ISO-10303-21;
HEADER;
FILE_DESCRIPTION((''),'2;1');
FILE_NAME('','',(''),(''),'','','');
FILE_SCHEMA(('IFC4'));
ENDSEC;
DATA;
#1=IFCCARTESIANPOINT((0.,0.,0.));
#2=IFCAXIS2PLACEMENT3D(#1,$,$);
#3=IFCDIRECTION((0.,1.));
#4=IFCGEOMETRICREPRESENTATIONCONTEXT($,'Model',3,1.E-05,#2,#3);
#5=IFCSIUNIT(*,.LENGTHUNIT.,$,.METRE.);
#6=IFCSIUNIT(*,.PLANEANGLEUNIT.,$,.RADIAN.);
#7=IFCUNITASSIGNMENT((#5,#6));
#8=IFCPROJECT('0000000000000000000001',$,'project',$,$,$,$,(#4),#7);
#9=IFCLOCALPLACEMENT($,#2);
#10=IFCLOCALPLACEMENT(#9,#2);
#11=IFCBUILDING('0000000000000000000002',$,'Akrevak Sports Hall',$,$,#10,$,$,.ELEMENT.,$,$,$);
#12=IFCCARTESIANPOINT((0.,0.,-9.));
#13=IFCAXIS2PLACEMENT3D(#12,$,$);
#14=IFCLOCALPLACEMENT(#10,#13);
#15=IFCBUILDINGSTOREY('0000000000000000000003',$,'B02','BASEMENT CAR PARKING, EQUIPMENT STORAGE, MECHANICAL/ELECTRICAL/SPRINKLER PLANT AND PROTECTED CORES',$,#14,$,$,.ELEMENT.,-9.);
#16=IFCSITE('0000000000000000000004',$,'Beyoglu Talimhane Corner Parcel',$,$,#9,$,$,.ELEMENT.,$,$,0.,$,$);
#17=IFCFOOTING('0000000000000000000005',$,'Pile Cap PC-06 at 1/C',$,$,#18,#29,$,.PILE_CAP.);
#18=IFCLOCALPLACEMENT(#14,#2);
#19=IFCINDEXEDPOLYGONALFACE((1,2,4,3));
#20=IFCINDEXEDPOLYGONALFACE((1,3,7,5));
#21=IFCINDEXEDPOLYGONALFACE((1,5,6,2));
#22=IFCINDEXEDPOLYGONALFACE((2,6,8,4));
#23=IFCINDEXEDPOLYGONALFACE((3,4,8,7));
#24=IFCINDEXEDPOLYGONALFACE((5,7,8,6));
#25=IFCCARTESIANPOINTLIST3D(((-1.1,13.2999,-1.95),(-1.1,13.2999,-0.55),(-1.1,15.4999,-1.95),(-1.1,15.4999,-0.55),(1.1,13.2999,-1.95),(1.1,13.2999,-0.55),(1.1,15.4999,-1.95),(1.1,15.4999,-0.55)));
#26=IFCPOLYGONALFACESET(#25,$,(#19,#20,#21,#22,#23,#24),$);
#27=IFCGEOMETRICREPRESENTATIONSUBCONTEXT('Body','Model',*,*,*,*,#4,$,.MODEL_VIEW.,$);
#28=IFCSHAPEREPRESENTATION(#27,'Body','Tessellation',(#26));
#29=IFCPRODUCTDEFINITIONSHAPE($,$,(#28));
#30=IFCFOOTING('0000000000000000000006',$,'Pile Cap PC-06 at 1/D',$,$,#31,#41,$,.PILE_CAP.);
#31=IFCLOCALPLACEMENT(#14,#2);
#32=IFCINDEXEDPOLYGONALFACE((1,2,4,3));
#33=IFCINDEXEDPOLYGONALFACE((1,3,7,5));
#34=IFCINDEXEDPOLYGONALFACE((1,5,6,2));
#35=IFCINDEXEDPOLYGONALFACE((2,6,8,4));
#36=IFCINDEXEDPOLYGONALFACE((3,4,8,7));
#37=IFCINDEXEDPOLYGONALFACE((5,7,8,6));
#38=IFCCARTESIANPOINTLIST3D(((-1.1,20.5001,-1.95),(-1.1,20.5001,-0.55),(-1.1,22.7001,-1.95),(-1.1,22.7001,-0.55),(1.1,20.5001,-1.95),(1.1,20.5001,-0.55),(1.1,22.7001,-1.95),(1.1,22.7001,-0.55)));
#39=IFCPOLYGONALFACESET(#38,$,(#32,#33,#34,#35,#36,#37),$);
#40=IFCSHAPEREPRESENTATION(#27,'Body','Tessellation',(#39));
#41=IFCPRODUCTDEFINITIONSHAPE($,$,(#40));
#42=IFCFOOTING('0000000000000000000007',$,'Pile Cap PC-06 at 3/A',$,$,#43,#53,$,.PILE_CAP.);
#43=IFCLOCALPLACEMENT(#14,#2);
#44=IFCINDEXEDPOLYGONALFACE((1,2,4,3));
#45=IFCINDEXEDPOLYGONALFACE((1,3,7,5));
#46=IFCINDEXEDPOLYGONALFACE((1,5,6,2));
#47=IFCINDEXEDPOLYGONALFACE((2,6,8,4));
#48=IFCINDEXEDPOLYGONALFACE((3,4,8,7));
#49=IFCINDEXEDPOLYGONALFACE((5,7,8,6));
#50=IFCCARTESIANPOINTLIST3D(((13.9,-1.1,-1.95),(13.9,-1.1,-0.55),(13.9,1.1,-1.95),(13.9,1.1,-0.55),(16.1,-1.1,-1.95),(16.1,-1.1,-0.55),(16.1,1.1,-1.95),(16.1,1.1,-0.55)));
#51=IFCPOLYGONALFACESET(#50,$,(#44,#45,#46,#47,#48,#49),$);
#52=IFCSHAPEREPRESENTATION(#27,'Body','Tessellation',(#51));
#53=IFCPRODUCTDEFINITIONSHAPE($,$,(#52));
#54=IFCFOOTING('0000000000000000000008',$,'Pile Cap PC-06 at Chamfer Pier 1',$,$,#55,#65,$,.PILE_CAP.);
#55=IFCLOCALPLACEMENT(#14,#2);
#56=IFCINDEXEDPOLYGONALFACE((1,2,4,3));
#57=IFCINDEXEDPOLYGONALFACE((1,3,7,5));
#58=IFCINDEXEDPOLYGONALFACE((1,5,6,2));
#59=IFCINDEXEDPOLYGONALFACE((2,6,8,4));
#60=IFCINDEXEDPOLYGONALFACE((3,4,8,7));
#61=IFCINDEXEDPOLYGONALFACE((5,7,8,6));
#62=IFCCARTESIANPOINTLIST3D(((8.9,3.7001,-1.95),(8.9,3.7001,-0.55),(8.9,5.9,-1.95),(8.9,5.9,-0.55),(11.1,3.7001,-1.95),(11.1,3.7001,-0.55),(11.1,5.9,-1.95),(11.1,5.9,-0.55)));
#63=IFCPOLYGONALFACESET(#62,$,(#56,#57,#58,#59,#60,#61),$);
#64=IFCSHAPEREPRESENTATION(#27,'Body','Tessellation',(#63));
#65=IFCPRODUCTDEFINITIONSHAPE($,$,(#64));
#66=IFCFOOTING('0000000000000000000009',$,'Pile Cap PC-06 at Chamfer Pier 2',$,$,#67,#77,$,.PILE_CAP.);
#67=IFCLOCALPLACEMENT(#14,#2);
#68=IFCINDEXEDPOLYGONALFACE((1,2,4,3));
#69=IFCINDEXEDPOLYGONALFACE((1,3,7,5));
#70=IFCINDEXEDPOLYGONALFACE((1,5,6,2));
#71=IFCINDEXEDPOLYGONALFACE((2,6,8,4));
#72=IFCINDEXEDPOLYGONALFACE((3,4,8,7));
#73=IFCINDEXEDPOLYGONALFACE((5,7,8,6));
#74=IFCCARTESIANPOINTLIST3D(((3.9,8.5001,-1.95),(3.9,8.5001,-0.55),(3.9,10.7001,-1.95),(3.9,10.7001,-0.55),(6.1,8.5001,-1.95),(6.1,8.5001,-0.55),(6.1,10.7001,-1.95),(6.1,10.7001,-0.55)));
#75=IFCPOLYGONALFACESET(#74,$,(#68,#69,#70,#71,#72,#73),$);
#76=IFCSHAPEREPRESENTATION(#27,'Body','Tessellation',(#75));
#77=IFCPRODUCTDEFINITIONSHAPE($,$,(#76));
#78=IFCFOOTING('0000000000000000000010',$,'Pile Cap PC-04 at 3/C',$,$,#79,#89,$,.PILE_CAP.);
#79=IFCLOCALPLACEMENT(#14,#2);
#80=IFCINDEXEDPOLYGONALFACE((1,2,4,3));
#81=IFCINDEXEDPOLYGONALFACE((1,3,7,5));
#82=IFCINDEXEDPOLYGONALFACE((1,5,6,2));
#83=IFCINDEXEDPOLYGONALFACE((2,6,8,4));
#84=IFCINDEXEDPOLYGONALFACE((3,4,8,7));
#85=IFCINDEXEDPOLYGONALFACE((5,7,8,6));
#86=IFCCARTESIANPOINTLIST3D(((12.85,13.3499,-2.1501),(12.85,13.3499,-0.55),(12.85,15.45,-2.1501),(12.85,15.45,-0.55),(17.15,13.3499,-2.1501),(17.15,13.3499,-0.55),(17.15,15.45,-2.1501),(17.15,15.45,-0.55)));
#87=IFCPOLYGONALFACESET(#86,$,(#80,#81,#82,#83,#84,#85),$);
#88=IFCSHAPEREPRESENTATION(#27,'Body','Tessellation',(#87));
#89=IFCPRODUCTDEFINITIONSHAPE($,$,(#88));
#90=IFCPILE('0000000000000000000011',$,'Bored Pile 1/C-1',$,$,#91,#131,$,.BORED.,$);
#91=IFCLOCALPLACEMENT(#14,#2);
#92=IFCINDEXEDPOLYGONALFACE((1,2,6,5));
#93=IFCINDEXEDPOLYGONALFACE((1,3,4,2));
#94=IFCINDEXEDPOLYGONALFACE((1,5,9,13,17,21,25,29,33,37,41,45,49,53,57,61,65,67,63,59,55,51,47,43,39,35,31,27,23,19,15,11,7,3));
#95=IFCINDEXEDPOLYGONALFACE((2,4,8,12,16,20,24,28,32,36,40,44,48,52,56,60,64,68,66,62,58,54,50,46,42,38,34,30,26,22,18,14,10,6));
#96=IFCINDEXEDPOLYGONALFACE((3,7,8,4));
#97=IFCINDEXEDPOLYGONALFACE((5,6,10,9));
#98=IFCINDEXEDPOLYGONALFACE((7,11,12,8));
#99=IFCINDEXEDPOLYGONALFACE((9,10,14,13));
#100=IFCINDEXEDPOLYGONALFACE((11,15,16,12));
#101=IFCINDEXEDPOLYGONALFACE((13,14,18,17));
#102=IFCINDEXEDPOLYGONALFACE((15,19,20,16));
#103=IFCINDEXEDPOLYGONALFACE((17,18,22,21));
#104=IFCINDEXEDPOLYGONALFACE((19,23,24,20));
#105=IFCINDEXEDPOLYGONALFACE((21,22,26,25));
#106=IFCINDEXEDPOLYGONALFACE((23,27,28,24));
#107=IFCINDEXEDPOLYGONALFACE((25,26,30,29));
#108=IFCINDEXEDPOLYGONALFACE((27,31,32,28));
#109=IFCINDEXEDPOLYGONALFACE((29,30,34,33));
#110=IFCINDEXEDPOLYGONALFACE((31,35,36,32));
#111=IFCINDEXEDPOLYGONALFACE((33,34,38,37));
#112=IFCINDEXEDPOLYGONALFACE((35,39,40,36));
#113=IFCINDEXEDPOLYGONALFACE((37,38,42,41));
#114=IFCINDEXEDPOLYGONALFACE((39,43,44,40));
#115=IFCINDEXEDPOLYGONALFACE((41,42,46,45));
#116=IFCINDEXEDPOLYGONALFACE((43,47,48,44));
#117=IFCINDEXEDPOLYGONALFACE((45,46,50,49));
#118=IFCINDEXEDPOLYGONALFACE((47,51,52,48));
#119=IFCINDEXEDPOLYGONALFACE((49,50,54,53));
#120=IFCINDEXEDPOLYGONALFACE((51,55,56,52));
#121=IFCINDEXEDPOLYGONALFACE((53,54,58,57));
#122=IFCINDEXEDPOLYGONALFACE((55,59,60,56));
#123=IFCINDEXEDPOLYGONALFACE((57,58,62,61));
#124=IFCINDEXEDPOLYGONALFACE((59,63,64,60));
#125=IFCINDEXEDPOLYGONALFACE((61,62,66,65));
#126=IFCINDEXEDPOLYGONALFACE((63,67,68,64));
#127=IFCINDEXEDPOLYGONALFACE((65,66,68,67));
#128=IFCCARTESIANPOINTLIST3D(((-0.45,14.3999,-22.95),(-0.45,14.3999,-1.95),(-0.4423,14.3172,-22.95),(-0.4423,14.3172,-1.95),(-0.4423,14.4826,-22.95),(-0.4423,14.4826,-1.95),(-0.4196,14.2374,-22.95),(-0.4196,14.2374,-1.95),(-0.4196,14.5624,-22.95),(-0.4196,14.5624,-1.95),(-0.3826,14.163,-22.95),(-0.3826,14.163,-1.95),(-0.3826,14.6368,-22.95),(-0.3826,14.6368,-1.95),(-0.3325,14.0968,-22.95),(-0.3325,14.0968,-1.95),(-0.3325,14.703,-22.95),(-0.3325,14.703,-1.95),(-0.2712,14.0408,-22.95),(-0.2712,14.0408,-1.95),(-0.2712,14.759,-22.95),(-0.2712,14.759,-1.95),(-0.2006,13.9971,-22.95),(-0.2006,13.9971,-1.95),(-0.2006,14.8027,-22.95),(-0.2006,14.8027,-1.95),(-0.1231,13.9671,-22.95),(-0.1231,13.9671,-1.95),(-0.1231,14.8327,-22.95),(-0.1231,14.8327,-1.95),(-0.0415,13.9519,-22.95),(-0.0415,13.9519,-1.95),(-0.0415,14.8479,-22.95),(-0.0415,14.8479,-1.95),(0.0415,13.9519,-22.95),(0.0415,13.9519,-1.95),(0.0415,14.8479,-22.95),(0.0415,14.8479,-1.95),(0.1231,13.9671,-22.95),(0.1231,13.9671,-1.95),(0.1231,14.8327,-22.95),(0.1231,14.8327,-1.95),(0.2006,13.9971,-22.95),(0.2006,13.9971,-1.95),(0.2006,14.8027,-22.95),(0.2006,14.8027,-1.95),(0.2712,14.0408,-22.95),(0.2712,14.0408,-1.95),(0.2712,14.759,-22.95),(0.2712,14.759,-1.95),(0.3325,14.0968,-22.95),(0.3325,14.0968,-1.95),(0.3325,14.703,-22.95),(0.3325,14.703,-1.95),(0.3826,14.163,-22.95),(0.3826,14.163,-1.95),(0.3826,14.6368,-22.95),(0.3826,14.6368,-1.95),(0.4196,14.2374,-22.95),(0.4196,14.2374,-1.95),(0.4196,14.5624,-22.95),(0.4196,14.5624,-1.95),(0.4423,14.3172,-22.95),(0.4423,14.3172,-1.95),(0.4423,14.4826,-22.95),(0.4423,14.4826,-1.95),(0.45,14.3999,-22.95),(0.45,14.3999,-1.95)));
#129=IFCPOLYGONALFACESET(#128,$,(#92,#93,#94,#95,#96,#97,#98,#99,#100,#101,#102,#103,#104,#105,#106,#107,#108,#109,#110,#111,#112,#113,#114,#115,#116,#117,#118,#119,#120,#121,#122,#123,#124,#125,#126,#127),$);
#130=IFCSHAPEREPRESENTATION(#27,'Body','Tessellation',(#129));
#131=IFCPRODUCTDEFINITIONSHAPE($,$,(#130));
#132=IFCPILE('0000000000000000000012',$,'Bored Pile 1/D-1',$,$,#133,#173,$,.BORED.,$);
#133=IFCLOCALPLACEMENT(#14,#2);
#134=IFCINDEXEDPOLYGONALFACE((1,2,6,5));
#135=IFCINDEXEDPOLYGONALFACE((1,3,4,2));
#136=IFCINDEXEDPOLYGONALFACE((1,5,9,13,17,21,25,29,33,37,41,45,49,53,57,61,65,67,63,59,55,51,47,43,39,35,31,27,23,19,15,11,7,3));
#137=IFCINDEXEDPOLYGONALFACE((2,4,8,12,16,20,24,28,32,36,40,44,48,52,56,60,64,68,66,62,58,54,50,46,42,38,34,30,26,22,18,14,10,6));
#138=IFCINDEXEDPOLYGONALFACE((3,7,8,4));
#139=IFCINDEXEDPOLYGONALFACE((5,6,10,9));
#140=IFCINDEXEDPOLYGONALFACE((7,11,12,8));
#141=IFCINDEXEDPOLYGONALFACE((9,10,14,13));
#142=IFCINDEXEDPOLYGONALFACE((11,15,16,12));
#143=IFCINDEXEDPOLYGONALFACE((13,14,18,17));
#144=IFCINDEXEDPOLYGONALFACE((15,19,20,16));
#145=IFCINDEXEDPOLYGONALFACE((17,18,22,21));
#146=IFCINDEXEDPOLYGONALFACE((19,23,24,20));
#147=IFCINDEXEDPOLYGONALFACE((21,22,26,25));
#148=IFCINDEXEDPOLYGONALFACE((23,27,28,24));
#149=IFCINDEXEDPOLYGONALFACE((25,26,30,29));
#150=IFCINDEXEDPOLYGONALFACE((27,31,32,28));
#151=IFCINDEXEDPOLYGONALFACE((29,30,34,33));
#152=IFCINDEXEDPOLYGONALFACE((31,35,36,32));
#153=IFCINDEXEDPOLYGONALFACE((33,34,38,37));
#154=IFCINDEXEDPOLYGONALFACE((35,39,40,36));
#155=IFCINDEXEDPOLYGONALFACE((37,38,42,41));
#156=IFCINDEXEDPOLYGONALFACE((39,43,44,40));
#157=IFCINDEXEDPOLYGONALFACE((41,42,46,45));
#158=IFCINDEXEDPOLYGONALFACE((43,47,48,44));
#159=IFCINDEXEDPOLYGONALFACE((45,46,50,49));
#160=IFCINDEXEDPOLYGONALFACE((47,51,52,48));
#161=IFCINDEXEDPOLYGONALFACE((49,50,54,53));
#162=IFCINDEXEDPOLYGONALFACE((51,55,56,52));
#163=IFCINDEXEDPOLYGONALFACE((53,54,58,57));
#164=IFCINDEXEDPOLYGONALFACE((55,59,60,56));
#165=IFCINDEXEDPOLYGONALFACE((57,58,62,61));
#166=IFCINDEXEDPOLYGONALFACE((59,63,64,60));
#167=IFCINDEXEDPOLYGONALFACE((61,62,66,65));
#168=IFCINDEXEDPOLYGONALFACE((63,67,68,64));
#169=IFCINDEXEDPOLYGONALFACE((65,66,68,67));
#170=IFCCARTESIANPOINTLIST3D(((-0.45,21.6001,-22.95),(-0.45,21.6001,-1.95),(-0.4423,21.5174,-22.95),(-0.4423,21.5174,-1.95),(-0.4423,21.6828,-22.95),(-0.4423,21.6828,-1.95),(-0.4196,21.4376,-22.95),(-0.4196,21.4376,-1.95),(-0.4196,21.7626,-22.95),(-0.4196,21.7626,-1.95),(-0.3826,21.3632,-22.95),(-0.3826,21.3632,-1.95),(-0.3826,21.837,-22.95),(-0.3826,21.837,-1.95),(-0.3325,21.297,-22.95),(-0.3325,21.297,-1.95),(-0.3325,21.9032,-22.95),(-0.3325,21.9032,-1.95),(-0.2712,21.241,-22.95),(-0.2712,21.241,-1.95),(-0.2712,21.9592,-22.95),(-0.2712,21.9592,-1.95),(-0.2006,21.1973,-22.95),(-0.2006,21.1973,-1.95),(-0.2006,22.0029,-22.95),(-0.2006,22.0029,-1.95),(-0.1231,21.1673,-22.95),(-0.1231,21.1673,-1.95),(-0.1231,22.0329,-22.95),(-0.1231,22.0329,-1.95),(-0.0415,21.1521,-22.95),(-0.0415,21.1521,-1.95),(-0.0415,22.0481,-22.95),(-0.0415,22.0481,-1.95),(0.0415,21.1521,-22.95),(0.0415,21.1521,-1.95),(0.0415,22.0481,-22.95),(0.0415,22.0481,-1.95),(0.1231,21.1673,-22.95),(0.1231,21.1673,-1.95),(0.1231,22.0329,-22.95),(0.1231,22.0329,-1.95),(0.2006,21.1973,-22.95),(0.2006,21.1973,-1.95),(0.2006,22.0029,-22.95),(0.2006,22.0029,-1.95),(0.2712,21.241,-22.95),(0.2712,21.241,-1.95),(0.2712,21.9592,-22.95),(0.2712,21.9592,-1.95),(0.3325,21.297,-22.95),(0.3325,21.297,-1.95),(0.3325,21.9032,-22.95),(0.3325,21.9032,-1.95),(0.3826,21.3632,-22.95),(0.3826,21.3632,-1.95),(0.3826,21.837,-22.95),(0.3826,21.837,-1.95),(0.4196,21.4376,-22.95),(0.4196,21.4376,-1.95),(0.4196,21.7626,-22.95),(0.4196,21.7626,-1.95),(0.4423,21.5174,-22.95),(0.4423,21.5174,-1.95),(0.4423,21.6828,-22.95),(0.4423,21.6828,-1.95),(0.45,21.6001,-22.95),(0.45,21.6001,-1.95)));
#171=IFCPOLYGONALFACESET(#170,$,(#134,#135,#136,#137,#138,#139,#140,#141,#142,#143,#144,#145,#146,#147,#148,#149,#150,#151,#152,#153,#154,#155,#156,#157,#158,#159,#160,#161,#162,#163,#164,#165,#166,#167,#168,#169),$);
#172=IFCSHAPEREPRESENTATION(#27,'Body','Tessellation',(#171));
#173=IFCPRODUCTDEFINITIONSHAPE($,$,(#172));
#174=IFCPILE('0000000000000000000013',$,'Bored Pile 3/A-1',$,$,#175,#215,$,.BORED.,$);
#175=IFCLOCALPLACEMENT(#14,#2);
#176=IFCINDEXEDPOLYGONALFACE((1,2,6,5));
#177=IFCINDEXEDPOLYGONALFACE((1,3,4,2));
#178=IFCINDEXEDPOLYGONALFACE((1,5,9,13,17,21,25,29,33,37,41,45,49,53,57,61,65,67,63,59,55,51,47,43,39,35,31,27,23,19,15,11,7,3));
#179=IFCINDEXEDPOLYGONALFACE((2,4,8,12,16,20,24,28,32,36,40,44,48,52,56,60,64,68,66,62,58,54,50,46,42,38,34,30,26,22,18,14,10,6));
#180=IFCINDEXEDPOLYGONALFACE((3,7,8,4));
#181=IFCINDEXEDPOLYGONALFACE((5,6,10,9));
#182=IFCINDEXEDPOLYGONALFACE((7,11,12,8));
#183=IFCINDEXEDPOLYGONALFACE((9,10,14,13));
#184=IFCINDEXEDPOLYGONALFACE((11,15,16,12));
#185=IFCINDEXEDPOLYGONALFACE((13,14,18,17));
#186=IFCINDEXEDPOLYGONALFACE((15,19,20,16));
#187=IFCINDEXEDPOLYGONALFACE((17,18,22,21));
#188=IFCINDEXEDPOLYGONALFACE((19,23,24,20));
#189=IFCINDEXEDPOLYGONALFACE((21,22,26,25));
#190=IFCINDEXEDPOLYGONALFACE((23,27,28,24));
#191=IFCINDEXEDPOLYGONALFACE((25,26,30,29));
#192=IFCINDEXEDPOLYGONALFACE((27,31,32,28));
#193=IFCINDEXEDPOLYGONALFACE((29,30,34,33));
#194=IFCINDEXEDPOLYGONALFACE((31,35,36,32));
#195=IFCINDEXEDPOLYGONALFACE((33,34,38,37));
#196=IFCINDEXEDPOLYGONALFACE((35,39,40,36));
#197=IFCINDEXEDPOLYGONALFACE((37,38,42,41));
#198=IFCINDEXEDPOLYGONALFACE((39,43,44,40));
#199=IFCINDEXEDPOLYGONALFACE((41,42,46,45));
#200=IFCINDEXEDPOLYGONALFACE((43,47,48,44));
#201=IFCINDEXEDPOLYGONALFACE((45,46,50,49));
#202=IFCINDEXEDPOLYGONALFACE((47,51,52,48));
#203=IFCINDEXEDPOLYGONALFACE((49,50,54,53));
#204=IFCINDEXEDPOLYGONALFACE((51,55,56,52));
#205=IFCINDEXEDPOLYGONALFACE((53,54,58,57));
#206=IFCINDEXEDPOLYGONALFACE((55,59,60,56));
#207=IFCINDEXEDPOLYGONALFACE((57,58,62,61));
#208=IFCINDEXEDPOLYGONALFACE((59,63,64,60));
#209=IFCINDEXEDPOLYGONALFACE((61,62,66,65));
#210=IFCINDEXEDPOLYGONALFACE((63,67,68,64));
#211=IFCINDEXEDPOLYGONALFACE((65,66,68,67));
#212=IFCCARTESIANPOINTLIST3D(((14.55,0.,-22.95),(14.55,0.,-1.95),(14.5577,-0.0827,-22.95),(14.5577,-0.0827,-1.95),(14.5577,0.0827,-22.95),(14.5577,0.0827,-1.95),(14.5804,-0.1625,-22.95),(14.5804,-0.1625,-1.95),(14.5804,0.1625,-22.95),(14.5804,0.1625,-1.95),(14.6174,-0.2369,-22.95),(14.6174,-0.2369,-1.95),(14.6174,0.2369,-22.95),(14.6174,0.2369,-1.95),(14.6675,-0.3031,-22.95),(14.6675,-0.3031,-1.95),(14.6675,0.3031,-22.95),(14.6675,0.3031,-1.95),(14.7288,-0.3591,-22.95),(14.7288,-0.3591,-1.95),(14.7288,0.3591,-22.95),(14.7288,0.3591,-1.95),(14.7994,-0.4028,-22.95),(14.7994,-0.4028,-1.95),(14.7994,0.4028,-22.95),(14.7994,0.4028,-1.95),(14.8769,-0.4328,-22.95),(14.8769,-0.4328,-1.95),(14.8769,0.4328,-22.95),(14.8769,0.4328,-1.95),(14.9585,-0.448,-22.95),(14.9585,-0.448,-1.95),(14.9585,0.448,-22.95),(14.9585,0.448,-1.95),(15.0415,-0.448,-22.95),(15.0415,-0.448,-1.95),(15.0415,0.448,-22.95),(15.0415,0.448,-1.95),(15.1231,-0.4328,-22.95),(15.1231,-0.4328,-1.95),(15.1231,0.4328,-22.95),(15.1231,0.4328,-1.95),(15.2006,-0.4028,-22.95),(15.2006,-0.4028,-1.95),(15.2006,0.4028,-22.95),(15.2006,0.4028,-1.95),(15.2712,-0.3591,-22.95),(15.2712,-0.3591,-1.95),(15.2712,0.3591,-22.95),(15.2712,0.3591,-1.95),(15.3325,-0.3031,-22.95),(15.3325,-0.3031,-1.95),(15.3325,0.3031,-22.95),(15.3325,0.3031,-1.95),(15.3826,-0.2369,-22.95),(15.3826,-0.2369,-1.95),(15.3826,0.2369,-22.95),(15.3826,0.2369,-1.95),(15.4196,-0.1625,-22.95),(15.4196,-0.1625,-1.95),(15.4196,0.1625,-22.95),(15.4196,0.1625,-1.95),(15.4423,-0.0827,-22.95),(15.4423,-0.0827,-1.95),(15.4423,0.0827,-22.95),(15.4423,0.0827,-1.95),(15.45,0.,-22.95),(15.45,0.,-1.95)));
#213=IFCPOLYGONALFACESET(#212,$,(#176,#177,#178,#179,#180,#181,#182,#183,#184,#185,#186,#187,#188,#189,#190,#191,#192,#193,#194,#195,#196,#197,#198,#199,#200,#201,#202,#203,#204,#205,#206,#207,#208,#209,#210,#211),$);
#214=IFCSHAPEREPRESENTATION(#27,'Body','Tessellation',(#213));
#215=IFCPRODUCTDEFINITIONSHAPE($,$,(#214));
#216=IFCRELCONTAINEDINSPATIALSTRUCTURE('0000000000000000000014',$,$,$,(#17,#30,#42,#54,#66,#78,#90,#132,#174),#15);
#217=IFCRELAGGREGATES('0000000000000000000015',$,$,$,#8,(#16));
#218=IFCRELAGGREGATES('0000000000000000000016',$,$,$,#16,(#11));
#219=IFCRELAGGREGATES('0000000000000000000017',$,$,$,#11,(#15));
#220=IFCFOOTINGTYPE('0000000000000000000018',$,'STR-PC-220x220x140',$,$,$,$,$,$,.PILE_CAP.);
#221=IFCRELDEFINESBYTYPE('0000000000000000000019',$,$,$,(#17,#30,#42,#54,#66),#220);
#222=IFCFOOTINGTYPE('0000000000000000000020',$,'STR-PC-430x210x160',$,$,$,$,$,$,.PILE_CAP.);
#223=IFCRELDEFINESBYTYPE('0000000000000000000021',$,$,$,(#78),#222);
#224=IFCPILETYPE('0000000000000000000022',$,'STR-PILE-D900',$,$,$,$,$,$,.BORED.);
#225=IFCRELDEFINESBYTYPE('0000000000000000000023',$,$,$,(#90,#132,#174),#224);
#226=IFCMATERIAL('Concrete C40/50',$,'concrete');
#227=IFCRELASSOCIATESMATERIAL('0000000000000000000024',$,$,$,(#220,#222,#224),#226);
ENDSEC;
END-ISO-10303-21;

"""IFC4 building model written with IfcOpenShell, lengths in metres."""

from ifc_helpers import new_model, si_unit, direction, frame, origin, origin_2d, place, context, subcontext, project, spatial, rectangle, circle, extrude, material, material_profile, profile_set, type_object, element, save


model = new_model("IFC4")

# Units and contexts
model_context = context("Model", 3, precision=1e-05, world=origin(), true_north=direction((0.0, 1.0)))
body_context = subcontext(model_context, "Body", "Model", "MODEL_VIEW")
ifc_project = project(units=[si_unit("LENGTHUNIT", "METRE"), si_unit("PLANEANGLEUNIT", "RADIAN")], contexts=[model_context])

# Site, building, storey
site_placement = place(None, origin())
site = spatial("IfcSite", under=ifc_project, at=site_placement, Name="Beyoglu Talimhane Corner Parcel", CompositionType="ELEMENT", RefElevation=0.0)
building_placement = place(site_placement, origin())
building = spatial("IfcBuilding", under=site, at=building_placement, Name="Akrevak Sports Hall", CompositionType="ELEMENT")
storey_placement = place(building_placement, frame((0.0, 0.0, -9.0)))
storey = spatial("IfcBuildingStorey", under=building, at=storey_placement, Name="B02", Description="BASEMENT CAR PARKING, EQUIPMENT STORAGE, MECHANICAL/ELECTRICAL/SPRINKLER PLANT AND PROTECTED CORES", CompositionType="ELEMENT", Elevation=-9.0)

# Footings
ifc_material_1 = material(Name="Concrete C40/50", Category="concrete")
footing_type_1 = type_object("IfcFootingType", Name="STR-PC-220x220x140", PredefinedType="PILE_CAP", material=ifc_material_1)
for number, where, z_axis, x_axis, name in (
    (1, (0.0, 14.3999, -1.95), (0.0, 0.0, 1.0), (1.0, 0.0, 0.0), "Pile Cap PC-06 at 1/C"),
    (2, (0.0, 21.6001, -1.95), (0.0, 0.0, 1.0), (1.0, 0.0, 0.0), "Pile Cap PC-06 at 1/D"),
    (3, (15.0, 0.0, -1.95), (0.0, 0.0, 1.0), (1.0, 0.0, 0.0), "Pile Cap PC-06 at 3/A"),
    (4, (10.0, 4.8, -1.95), (0.0, 0.0, 1.0), (1.0, 0.0, 0.0), "Pile Cap PC-06 at Chamfer Pier 1"),
    (5, (5.0, 9.6001, -1.95), (0.0, 0.0, 1.0), (1.0, 0.0, 0.0), "Pile Cap PC-06 at Chamfer Pier 2"),
):
    element("IfcFooting", number, at=place(storey_placement, frame(where, z_axis=z_axis, x_axis=x_axis)), inside=storey, type_object=footing_type_1, Name=name, PredefinedType="PILE_CAP", context=body_context, shape_type="SweptSolid", body=[
        extrude(rectangle(XDim=2.2, YDim=2.2, at=origin_2d()), origin(), (0.0, 0.0, 1.0), 1.3999),
    ])
footing_type_2 = type_object("IfcFootingType", Name="STR-PC-430x210x160", PredefinedType="PILE_CAP", material=ifc_material_1)
footing_placement = place(storey_placement, frame((15.0, 14.3999, -2.1501), z_axis=(0.0, 0.0, 1.0), x_axis=(1.0, 0.0, 0.0)))
element("IfcFooting", 6, at=footing_placement, inside=storey, type_object=footing_type_2, Name="Pile Cap PC-04 at 3/C", PredefinedType="PILE_CAP", context=body_context, shape_type="SweptSolid", body=[
    extrude(rectangle(XDim=4.3, YDim=2.1001, at=origin_2d()), origin(), (0.0, 0.0, 1.0), 1.6001),
])

# Piles
ifc_material_profile_1 = material_profile(ifc_material_1, circle(Radius=0.45, at=origin_2d()), Name="BORED PILE D900", Category="concrete")
ifc_profile_set_1 = profile_set([ifc_material_profile_1], Name="Concrete C40/50")
pile_type = type_object("IfcPileType", Name="STR-PILE-D900", PredefinedType="BORED", material=ifc_profile_set_1)
for number, where, z_axis, x_axis, name in (
    (7, (0.0, 14.3999, -1.95), (0.0, 0.0, -1.0), (1.0, 0.0, 0.0), "Bored Pile 1/C-1"),
    (8, (0.0, 21.6001, -1.95), (0.0, 0.0, -1.0), (1.0, 0.0, 0.0), "Bored Pile 1/D-1"),
    (9, (15.0, 0.0, -1.95), (0.0, 0.0, -1.0), (1.0, 0.0, 0.0), "Bored Pile 3/A-1"),
):
    element("IfcPile", number, at=place(storey_placement, frame(where, z_axis=z_axis, x_axis=x_axis)), inside=storey, type_object=pile_type, Name=name, PredefinedType="BORED", context=body_context, shape_type="SweptSolid", body=[
        extrude(circle(Radius=0.45, at=origin_2d()), origin(), (0.0, 0.0, 1.0), 21.0),
    ])

save(model, "model.ifc")
